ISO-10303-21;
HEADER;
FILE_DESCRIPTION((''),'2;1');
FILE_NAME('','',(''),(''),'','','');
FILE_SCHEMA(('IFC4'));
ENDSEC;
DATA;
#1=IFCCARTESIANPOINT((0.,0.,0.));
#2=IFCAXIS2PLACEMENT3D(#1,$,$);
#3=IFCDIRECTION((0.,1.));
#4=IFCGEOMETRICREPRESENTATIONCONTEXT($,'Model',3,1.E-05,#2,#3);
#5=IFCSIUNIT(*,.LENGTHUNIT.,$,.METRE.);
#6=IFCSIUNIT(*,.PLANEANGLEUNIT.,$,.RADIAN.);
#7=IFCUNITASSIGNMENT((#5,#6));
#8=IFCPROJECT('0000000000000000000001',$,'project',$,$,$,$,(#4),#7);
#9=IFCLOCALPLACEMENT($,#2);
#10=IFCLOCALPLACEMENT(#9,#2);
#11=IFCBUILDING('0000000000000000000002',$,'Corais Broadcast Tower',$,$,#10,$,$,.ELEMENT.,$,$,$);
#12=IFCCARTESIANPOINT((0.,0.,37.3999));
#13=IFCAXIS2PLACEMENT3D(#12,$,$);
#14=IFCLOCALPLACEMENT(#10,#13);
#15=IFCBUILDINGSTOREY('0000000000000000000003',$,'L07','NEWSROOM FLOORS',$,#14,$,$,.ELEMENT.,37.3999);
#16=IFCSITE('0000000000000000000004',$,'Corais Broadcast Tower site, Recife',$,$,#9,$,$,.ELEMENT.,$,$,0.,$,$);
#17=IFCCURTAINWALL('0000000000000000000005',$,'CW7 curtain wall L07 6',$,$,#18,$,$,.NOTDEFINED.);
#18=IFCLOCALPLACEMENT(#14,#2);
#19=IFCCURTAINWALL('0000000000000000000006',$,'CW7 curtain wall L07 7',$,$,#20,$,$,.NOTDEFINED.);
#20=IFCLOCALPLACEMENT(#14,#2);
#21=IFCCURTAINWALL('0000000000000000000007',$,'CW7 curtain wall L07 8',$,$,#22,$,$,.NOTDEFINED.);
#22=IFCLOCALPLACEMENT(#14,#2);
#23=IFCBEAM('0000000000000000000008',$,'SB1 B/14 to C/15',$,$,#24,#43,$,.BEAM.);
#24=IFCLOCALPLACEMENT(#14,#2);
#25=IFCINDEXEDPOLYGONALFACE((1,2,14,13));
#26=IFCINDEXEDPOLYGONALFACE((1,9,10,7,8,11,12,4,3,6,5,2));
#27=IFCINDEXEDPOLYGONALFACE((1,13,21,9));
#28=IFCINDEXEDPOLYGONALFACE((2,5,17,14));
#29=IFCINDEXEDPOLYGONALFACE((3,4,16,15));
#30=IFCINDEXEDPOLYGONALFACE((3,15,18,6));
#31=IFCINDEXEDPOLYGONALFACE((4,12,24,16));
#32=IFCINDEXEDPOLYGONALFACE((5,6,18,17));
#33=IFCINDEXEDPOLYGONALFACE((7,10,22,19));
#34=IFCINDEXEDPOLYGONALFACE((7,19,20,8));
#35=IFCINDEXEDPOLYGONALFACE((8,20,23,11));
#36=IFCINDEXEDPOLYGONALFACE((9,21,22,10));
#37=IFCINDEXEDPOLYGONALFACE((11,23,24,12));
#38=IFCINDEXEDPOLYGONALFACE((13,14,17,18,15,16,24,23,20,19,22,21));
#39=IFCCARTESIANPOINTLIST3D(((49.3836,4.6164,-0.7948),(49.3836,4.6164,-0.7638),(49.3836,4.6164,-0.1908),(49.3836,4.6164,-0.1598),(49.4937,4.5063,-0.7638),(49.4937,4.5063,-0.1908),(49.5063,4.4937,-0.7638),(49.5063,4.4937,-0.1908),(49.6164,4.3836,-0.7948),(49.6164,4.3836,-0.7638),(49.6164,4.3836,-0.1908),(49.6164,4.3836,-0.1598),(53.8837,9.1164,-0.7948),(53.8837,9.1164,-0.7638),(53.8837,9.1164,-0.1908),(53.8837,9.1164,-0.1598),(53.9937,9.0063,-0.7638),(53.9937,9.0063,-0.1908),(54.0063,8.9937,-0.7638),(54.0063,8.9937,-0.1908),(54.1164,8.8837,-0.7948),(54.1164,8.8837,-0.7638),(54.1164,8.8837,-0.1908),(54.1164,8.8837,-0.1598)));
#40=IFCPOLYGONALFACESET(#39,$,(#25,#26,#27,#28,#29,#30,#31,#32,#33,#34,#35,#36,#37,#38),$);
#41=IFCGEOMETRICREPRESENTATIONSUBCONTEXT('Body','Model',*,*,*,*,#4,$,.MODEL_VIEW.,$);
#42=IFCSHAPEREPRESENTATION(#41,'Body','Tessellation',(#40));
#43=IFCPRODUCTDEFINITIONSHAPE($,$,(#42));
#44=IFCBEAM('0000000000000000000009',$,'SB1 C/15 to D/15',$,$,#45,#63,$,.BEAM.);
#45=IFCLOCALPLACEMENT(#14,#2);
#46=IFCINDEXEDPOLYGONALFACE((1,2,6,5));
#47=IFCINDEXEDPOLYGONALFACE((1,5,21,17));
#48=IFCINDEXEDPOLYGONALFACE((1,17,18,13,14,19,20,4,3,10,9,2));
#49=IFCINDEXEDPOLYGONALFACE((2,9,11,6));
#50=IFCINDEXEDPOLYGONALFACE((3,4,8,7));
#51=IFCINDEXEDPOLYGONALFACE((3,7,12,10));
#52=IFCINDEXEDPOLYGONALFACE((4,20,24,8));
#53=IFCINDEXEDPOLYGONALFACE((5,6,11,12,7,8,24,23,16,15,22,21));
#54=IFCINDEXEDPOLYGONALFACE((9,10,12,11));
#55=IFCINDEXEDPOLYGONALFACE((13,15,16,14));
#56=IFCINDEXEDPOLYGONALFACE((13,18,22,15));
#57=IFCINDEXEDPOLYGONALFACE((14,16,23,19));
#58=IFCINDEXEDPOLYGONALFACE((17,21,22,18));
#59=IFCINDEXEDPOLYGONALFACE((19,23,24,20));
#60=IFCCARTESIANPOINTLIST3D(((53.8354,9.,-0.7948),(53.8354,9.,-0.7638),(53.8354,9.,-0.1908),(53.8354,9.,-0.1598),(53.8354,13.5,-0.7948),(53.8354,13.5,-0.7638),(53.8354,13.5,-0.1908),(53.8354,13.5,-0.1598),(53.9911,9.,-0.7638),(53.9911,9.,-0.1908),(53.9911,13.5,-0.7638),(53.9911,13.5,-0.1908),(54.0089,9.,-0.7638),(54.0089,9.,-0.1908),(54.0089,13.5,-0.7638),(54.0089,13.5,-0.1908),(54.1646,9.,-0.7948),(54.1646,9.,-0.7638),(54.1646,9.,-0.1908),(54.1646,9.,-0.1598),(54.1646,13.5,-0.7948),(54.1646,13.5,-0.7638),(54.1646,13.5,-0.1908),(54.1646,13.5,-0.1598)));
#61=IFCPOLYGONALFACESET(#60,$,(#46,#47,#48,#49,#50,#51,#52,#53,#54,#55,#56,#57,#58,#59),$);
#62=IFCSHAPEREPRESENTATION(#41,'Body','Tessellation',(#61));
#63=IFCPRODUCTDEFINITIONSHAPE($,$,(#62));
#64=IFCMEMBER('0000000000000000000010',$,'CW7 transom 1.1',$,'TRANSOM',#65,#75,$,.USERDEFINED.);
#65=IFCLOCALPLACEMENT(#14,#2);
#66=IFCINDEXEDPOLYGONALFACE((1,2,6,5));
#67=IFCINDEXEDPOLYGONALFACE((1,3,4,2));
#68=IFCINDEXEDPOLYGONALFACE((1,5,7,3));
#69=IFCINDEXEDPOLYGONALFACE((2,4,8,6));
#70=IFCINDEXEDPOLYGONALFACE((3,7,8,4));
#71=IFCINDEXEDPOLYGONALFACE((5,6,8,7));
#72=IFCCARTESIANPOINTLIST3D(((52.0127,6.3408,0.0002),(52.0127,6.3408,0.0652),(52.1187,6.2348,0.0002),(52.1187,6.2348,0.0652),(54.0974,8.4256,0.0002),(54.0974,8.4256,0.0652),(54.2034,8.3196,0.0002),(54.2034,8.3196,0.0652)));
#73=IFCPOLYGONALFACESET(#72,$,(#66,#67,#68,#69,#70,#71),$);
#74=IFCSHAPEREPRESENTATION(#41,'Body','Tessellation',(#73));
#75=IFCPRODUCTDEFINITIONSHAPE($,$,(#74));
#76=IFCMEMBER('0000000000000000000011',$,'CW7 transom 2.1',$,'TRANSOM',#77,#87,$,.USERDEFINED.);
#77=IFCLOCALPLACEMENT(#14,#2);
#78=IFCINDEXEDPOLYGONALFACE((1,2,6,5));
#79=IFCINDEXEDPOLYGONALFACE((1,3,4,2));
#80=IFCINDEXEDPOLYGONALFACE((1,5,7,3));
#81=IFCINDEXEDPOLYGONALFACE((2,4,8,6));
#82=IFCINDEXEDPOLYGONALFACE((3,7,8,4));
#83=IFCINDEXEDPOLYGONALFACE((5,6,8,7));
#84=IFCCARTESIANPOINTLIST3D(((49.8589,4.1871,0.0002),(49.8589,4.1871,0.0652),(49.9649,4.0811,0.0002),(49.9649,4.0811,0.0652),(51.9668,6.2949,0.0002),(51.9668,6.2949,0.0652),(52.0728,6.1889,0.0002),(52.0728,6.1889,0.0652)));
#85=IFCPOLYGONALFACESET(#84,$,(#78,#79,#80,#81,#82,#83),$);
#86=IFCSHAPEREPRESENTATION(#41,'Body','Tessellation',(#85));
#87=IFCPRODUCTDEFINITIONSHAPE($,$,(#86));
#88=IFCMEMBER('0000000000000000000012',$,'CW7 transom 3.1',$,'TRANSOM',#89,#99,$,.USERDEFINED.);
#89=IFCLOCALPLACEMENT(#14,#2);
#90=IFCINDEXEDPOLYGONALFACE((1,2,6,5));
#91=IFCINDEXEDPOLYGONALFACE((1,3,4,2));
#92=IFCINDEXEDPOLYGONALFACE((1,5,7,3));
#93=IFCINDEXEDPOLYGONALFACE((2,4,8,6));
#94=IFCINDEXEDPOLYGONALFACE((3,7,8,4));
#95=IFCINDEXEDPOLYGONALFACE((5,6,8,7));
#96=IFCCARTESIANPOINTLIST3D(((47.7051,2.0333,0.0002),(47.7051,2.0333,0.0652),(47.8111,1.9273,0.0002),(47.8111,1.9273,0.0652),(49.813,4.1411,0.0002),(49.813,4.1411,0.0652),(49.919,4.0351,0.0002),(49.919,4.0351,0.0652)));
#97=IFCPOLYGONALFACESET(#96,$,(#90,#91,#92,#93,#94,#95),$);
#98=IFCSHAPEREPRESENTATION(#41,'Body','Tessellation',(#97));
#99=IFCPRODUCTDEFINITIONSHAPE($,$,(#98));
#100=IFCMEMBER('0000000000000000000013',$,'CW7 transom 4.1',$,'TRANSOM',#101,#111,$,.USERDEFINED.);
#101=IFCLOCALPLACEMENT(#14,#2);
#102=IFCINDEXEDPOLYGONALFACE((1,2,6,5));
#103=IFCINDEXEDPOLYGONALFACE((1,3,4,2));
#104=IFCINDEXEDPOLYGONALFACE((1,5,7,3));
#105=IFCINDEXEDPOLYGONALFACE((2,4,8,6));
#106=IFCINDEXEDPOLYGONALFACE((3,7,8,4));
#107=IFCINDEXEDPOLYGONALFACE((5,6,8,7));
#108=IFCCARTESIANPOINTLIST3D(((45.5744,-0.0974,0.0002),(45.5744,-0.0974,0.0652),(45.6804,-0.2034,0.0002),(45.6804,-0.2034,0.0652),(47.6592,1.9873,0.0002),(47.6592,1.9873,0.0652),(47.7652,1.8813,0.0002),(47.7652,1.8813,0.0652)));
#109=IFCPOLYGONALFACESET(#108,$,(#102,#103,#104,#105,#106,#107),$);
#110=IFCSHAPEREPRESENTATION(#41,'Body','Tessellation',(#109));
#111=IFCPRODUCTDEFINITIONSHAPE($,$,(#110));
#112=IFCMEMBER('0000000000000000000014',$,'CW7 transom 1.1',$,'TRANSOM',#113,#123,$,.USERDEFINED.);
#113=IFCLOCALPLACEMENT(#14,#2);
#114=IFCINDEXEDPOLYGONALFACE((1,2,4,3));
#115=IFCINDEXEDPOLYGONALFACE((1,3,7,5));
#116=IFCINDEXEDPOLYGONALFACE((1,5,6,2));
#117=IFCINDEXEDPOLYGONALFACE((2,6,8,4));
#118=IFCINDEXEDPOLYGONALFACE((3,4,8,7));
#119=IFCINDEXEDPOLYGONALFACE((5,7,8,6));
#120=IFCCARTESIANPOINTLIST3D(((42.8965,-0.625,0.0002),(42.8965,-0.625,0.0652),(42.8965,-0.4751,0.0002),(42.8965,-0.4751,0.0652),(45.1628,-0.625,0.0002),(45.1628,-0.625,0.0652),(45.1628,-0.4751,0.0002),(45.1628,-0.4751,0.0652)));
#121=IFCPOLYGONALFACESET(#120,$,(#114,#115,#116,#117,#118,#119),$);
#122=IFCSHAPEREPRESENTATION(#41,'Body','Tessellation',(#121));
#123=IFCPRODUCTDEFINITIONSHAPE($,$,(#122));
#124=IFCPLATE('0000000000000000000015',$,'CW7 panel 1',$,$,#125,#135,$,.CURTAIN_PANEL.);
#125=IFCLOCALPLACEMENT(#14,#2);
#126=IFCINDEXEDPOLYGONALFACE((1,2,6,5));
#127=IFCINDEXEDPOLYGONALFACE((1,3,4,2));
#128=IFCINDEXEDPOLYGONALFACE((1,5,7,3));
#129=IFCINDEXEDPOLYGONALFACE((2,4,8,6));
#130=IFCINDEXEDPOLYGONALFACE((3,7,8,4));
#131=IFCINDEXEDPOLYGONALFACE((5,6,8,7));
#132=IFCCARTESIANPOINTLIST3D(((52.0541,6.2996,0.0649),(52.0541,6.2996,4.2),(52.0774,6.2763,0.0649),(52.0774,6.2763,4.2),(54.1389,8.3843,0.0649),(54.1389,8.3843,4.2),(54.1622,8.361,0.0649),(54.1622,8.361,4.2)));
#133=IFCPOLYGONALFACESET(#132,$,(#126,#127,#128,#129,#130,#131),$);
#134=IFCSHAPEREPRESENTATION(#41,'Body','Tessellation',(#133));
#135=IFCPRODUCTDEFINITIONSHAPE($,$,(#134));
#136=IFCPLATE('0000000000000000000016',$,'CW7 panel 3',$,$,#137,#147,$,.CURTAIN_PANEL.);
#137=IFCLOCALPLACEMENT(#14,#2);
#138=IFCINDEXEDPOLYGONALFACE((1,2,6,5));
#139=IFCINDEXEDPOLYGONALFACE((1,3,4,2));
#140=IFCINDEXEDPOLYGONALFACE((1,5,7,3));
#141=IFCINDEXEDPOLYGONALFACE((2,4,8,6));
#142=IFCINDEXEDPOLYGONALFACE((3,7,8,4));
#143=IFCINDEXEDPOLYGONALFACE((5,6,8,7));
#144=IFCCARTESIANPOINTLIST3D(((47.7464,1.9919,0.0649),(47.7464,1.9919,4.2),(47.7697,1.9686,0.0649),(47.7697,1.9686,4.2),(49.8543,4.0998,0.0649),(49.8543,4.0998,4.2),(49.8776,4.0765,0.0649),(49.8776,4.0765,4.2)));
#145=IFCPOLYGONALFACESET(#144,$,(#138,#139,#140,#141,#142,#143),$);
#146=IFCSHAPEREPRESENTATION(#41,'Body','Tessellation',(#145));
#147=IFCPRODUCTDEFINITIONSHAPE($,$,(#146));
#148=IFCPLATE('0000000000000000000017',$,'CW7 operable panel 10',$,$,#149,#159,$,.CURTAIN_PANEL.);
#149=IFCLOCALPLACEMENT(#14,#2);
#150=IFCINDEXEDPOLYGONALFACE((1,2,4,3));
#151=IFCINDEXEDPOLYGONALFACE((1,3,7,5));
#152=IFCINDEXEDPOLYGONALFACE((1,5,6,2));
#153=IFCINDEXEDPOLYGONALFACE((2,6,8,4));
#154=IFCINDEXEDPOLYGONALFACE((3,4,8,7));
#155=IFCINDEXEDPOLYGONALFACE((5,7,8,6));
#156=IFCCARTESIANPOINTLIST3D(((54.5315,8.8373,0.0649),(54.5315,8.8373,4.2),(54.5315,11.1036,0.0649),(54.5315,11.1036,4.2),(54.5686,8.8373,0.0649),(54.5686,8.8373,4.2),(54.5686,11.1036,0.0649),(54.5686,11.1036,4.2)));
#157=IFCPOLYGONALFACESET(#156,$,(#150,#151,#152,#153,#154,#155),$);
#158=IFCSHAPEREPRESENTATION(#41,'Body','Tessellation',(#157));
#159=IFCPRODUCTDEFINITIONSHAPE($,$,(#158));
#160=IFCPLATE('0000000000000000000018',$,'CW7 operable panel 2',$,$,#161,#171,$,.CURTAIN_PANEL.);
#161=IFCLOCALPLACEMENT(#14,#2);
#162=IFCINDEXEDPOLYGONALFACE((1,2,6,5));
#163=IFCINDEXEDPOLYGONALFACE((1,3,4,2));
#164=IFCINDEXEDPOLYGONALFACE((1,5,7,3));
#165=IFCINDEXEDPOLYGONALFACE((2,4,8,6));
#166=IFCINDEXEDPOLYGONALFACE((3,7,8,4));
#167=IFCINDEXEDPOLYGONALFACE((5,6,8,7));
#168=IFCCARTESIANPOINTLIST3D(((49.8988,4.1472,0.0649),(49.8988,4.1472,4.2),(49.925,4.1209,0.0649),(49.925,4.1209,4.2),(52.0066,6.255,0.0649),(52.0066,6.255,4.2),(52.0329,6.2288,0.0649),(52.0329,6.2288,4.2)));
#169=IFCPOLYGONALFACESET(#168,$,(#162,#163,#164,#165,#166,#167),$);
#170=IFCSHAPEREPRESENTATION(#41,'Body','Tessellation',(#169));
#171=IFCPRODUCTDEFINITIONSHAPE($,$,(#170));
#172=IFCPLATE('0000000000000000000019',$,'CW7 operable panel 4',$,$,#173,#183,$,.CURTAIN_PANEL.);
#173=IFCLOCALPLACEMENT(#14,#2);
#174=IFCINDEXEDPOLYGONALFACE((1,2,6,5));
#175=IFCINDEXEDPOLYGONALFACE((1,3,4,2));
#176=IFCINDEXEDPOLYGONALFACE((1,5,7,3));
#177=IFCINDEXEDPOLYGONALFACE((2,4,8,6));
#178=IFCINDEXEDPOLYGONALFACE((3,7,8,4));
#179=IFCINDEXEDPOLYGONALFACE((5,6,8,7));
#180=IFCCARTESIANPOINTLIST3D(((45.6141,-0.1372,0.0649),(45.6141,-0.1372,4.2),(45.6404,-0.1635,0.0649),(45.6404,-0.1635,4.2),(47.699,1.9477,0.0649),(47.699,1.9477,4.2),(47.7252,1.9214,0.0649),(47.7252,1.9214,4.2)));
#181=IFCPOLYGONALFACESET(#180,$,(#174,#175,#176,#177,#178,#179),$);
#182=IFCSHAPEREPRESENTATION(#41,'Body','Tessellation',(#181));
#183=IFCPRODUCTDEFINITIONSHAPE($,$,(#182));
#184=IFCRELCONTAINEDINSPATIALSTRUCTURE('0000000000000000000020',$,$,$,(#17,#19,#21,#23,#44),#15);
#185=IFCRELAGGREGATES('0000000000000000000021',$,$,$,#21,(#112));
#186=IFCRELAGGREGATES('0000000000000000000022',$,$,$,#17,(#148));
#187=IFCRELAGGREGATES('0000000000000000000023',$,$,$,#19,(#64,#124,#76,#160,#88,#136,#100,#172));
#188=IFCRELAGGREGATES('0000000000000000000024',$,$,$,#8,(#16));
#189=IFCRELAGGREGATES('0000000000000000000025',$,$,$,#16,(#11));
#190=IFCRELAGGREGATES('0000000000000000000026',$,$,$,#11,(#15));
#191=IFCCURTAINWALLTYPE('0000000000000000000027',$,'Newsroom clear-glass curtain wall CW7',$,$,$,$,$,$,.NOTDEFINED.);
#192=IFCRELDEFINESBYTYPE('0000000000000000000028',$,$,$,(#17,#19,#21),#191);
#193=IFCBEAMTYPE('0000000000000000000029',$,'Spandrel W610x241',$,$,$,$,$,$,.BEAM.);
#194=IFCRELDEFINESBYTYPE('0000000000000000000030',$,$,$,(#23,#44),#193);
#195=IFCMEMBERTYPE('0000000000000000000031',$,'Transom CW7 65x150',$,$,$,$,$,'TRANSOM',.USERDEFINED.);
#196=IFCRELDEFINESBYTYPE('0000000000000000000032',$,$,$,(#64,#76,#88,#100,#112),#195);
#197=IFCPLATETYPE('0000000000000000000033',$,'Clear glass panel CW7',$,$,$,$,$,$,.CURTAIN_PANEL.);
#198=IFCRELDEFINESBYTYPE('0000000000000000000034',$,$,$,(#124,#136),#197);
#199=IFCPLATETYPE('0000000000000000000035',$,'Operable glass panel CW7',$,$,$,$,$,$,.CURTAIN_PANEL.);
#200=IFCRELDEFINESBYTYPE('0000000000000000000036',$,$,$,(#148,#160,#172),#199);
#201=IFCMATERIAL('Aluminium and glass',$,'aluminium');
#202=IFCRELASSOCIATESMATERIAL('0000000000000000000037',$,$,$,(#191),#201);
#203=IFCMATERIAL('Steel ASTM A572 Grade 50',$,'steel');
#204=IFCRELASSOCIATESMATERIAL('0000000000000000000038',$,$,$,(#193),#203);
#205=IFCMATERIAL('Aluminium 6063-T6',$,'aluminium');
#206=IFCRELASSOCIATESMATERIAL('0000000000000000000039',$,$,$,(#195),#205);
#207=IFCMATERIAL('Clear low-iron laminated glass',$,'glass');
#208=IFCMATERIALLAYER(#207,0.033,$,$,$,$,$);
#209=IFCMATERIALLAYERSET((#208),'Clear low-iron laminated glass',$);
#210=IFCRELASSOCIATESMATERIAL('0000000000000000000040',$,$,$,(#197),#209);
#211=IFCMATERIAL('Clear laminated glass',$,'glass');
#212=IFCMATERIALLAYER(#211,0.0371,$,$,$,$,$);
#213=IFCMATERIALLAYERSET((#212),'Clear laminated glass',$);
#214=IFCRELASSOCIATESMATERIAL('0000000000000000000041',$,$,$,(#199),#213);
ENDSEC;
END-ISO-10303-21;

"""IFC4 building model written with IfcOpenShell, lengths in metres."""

from ifc_helpers import new_model, si_unit, direction, frame, origin, origin_2d, place, context, subcontext, project, spatial, rectangle, i_section, extrude, material, layer, layer_set, material_profile, profile_set, type_object, element, aggregate, save


model = new_model("IFC4")

# Units and contexts
model_context = context("Model", 3, precision=1e-05, world=origin(), true_north=direction((0.0, 1.0)))
body_context = subcontext(model_context, "Body", "Model", "MODEL_VIEW")
ifc_project = project(units=[si_unit("LENGTHUNIT", "METRE"), si_unit("PLANEANGLEUNIT", "RADIAN")], contexts=[model_context])

# Site, building, storey
site_placement = place(None, origin())
site = spatial("IfcSite", under=ifc_project, at=site_placement, Name="Corais Broadcast Tower site, Recife", CompositionType="ELEMENT", RefElevation=0.0)
building_placement = place(site_placement, origin())
building = spatial("IfcBuilding", under=site, at=building_placement, Name="Corais Broadcast Tower", CompositionType="ELEMENT")
storey_placement = place(building_placement, frame((0.0, 0.0, 37.3999)))
storey = spatial("IfcBuildingStorey", under=building, at=storey_placement, Name="L07", Description="NEWSROOM FLOORS", CompositionType="ELEMENT", Elevation=37.3999)

# Curtain wall
ifc_material_1 = material(Name="Aluminium and glass", Category="aluminium")
curtain_wall_type = type_object("IfcCurtainWallType", Name="Newsroom clear-glass curtain wall CW7", PredefinedType="NOTDEFINED", material=ifc_material_1)
curtain_wall_1_placement = place(storey_placement, origin())
curtain_wall_1 = element("IfcCurtainWall", 1, at=curtain_wall_1_placement, inside=storey, type_object=curtain_wall_type, Name="CW7 curtain wall L07 6", PredefinedType="NOTDEFINED")

# Curtain wall
curtain_wall_2_placement = place(storey_placement, origin())
curtain_wall_2 = element("IfcCurtainWall", 2, at=curtain_wall_2_placement, inside=storey, type_object=curtain_wall_type, Name="CW7 curtain wall L07 7", PredefinedType="NOTDEFINED")

# Curtain wall
curtain_wall_3_placement = place(storey_placement, origin())
curtain_wall_3 = element("IfcCurtainWall", 3, at=curtain_wall_3_placement, inside=storey, type_object=curtain_wall_type, Name="CW7 curtain wall L07 8", PredefinedType="NOTDEFINED")

# Beams
ifc_material_2 = material(Name="Steel ASTM A572 Grade 50", Category="steel")
ifc_material_profile_1 = material_profile(ifc_material_2, i_section(OverallWidth=0.3291, OverallDepth=0.635, WebThickness=0.0178, FlangeThickness=0.031, at=origin_2d()), Name="W610x241")
ifc_profile_set_1 = profile_set([ifc_material_profile_1], Name="Steel ASTM A572 Grade 50")
beam_type_1 = type_object("IfcBeamType", Name="Spandrel W610x241", PredefinedType="BEAM", material=ifc_profile_set_1)
beam_1_placement = place(storey_placement, frame((49.5, 4.5, -0.4773), z_axis=(0.707107, 0.707107, 0.0), x_axis=(-0.707107, 0.707107, 0.0)))
element("IfcBeam", 4, at=beam_1_placement, inside=storey, type_object=beam_type_1, Name="SB1 B/14 to C/15", PredefinedType="BEAM", context=body_context, shape_type="SweptSolid", body=[
    extrude(i_section(OverallWidth=0.3291, OverallDepth=0.635, WebThickness=0.0178, FlangeThickness=0.031, at=origin_2d()), origin(), (0.0, 0.0, 1.0), 6.364),
])
beam_2_placement = place(storey_placement, frame((54.0, 9.0, -0.4773), z_axis=(0.0, 1.0, 0.0), x_axis=(-1.0, 0.0, 0.0)))
element("IfcBeam", 5, at=beam_2_placement, inside=storey, type_object=beam_type_1, Name="SB1 C/15 to D/15", PredefinedType="BEAM", context=body_context, shape_type="SweptSolid", body=[
    extrude(i_section(OverallWidth=0.3291, OverallDepth=0.635, WebThickness=0.0178, FlangeThickness=0.031, at=origin_2d()), origin(), (0.0, 0.0, 1.0), 4.5),
])

# Members
ifc_material_3 = material(Name="Aluminium 6063-T6", Category="aluminium")
ifc_material_profile_2 = material_profile(ifc_material_3, rectangle(XDim=0.1499, YDim=0.0649, at=origin_2d()), Name="Transom CW7 65x150")
ifc_profile_set_2 = profile_set([ifc_material_profile_2], Name="Aluminium 6063-T6")
member_type_1 = type_object("IfcMemberType", Name="Transom CW7 65x150", ElementType="TRANSOM", PredefinedType="USERDEFINED", material=ifc_profile_set_2)
member_1_placement = place(storey_placement, frame((54.1504, 8.3726, 0.0327), z_axis=(-0.707107, -0.707107, 0.0), x_axis=(0.707107, -0.707107, 0.0)))
member_1 = element("IfcMember", 6, at=member_1_placement, type_object=member_type_1, Name="CW7 transom 1.1", ObjectType="TRANSOM", PredefinedType="USERDEFINED", context=body_context, shape_type="SweptSolid", body=[
    extrude(rectangle(XDim=0.1499, YDim=0.0649, at=origin_2d()), origin(), (0.0, 0.0, 1.0), 2.9482),
])
member_2_placement = place(storey_placement, frame((52.0198, 6.2419, 0.0327), z_axis=(-0.707107, -0.707107, 0.0), x_axis=(0.707107, -0.707107, 0.0)))
member_2 = element("IfcMember", 7, at=member_2_placement, type_object=member_type_1, Name="CW7 transom 2.1", ObjectType="TRANSOM", PredefinedType="USERDEFINED", context=body_context, shape_type="SweptSolid", body=[
    extrude(rectangle(XDim=0.1499, YDim=0.0649, at=origin_2d()), origin(), (0.0, 0.0, 1.0), 2.981),
])
member_3_placement = place(storey_placement, frame((49.866, 4.0881, 0.0327), z_axis=(-0.707107, -0.707107, 0.0), x_axis=(0.707107, -0.707107, 0.0)))
member_3 = element("IfcMember", 8, at=member_3_placement, type_object=member_type_1, Name="CW7 transom 3.1", ObjectType="TRANSOM", PredefinedType="USERDEFINED", context=body_context, shape_type="SweptSolid", body=[
    extrude(rectangle(XDim=0.1499, YDim=0.0649, at=origin_2d()), origin(), (0.0, 0.0, 1.0), 2.981),
])
member_4_placement = place(storey_placement, frame((47.7122, 1.9343, 0.0327), z_axis=(-0.707107, -0.707107, 0.0), x_axis=(0.707107, -0.707107, 0.0)))
member_4 = element("IfcMember", 9, at=member_4_placement, type_object=member_type_1, Name="CW7 transom 4.1", ObjectType="TRANSOM", PredefinedType="USERDEFINED", context=body_context, shape_type="SweptSolid", body=[
    extrude(rectangle(XDim=0.1499, YDim=0.0649, at=origin_2d()), origin(), (0.0, 0.0, 1.0), 2.9482),
])
member_5_placement = place(storey_placement, frame((45.1628, -0.55, 0.0327), z_axis=(-1.0, 0.0, 0.0), x_axis=(0.0, -1.0, 0.0)))
member_5 = element("IfcMember", 10, at=member_5_placement, type_object=member_type_1, Name="CW7 transom 1.1", ObjectType="TRANSOM", PredefinedType="USERDEFINED", context=body_context, shape_type="SweptSolid", body=[
    extrude(rectangle(XDim=0.1499, YDim=0.0649, at=origin_2d()), origin(), (0.0, 0.0, 1.0), 2.2664),
])
aggregate(curtain_wall_3, [member_5])

# Plates
ifc_material_4 = material(Name="Clear low-iron laminated glass", Category="glass")
ifc_layer_1 = layer(ifc_material_4, 0.033)
ifc_layer_set_1 = layer_set([ifc_layer_1], Name="Clear low-iron laminated glass")
plate_type_1 = type_object("IfcPlateType", Name="Clear glass panel CW7", PredefinedType="CURTAIN_PANEL", material=ifc_layer_set_1)
plate_1_placement = place(storey_placement, frame((53.1082, 7.3303, 0.0649), z_axis=(0.0, 0.0, 1.0), x_axis=(-0.707107, -0.707107, 0.0)))
plate_1 = element("IfcPlate", 11, at=plate_1_placement, type_object=plate_type_1, Name="CW7 panel 1", PredefinedType="CURTAIN_PANEL", context=body_context, shape_type="SweptSolid", body=[
    extrude(rectangle(XDim=2.9482, YDim=0.033, at=origin_2d()), origin(), (0.0, 0.0, 1.0), 4.135),
])
plate_2_placement = place(storey_placement, frame((48.812, 3.0342, 0.0649), z_axis=(0.0, 0.0, 1.0), x_axis=(-0.707107, -0.707107, 0.0)))
plate_2 = element("IfcPlate", 12, at=plate_2_placement, type_object=plate_type_1, Name="CW7 panel 3", PredefinedType="CURTAIN_PANEL", context=body_context, shape_type="SweptSolid", body=[
    extrude(rectangle(XDim=2.981, YDim=0.033, at=origin_2d()), origin(), (0.0, 0.0, 1.0), 4.135),
])
ifc_material_5 = material(Name="Clear laminated glass", Category="glass")
ifc_layer_2 = layer(ifc_material_5, 0.0371)
ifc_layer_set_2 = layer_set([ifc_layer_2], Name="Clear laminated glass")
plate_type_2 = type_object("IfcPlateType", Name="Operable glass panel CW7", PredefinedType="CURTAIN_PANEL", material=ifc_layer_set_2)
plate_3_placement = place(storey_placement, frame((54.55, 9.9705, 0.0649), z_axis=(0.0, 0.0, 1.0), x_axis=(0.0, -1.0, 0.0)))
plate_3 = element("IfcPlate", 13, at=plate_3_placement, type_object=plate_type_2, Name="CW7 operable panel 10", PredefinedType="CURTAIN_PANEL", context=body_context, shape_type="SweptSolid", body=[
    extrude(rectangle(XDim=2.2664, YDim=0.0371, at=origin_2d()), origin(), (0.0, 0.0, 1.0), 4.135),
])
aggregate(curtain_wall_1, [plate_3])
plate_4_placement = place(storey_placement, frame((50.9658, 5.188, 0.0649), z_axis=(0.0, 0.0, 1.0), x_axis=(-0.707107, -0.707107, 0.0)))
plate_4 = element("IfcPlate", 14, at=plate_4_placement, type_object=plate_type_2, Name="CW7 operable panel 2", PredefinedType="CURTAIN_PANEL", context=body_context, shape_type="SweptSolid", body=[
    extrude(rectangle(XDim=2.981, YDim=0.0371, at=origin_2d()), origin(), (0.0, 0.0, 1.0), 4.135),
])
plate_5_placement = place(storey_placement, frame((46.6697, 0.8921, 0.0649), z_axis=(0.0, 0.0, 1.0), x_axis=(-0.707107, -0.707107, 0.0)))
plate_5 = element("IfcPlate", 15, at=plate_5_placement, type_object=plate_type_2, Name="CW7 operable panel 4", PredefinedType="CURTAIN_PANEL", context=body_context, shape_type="SweptSolid", body=[
    extrude(rectangle(XDim=2.9485, YDim=0.0371, at=origin_2d()), origin(), (0.0, 0.0, 1.0), 4.135),
])
aggregate(curtain_wall_2, [member_1, plate_1, member_2, plate_4, member_3, plate_2, member_4, plate_5])

save(model, "model.ifc")
